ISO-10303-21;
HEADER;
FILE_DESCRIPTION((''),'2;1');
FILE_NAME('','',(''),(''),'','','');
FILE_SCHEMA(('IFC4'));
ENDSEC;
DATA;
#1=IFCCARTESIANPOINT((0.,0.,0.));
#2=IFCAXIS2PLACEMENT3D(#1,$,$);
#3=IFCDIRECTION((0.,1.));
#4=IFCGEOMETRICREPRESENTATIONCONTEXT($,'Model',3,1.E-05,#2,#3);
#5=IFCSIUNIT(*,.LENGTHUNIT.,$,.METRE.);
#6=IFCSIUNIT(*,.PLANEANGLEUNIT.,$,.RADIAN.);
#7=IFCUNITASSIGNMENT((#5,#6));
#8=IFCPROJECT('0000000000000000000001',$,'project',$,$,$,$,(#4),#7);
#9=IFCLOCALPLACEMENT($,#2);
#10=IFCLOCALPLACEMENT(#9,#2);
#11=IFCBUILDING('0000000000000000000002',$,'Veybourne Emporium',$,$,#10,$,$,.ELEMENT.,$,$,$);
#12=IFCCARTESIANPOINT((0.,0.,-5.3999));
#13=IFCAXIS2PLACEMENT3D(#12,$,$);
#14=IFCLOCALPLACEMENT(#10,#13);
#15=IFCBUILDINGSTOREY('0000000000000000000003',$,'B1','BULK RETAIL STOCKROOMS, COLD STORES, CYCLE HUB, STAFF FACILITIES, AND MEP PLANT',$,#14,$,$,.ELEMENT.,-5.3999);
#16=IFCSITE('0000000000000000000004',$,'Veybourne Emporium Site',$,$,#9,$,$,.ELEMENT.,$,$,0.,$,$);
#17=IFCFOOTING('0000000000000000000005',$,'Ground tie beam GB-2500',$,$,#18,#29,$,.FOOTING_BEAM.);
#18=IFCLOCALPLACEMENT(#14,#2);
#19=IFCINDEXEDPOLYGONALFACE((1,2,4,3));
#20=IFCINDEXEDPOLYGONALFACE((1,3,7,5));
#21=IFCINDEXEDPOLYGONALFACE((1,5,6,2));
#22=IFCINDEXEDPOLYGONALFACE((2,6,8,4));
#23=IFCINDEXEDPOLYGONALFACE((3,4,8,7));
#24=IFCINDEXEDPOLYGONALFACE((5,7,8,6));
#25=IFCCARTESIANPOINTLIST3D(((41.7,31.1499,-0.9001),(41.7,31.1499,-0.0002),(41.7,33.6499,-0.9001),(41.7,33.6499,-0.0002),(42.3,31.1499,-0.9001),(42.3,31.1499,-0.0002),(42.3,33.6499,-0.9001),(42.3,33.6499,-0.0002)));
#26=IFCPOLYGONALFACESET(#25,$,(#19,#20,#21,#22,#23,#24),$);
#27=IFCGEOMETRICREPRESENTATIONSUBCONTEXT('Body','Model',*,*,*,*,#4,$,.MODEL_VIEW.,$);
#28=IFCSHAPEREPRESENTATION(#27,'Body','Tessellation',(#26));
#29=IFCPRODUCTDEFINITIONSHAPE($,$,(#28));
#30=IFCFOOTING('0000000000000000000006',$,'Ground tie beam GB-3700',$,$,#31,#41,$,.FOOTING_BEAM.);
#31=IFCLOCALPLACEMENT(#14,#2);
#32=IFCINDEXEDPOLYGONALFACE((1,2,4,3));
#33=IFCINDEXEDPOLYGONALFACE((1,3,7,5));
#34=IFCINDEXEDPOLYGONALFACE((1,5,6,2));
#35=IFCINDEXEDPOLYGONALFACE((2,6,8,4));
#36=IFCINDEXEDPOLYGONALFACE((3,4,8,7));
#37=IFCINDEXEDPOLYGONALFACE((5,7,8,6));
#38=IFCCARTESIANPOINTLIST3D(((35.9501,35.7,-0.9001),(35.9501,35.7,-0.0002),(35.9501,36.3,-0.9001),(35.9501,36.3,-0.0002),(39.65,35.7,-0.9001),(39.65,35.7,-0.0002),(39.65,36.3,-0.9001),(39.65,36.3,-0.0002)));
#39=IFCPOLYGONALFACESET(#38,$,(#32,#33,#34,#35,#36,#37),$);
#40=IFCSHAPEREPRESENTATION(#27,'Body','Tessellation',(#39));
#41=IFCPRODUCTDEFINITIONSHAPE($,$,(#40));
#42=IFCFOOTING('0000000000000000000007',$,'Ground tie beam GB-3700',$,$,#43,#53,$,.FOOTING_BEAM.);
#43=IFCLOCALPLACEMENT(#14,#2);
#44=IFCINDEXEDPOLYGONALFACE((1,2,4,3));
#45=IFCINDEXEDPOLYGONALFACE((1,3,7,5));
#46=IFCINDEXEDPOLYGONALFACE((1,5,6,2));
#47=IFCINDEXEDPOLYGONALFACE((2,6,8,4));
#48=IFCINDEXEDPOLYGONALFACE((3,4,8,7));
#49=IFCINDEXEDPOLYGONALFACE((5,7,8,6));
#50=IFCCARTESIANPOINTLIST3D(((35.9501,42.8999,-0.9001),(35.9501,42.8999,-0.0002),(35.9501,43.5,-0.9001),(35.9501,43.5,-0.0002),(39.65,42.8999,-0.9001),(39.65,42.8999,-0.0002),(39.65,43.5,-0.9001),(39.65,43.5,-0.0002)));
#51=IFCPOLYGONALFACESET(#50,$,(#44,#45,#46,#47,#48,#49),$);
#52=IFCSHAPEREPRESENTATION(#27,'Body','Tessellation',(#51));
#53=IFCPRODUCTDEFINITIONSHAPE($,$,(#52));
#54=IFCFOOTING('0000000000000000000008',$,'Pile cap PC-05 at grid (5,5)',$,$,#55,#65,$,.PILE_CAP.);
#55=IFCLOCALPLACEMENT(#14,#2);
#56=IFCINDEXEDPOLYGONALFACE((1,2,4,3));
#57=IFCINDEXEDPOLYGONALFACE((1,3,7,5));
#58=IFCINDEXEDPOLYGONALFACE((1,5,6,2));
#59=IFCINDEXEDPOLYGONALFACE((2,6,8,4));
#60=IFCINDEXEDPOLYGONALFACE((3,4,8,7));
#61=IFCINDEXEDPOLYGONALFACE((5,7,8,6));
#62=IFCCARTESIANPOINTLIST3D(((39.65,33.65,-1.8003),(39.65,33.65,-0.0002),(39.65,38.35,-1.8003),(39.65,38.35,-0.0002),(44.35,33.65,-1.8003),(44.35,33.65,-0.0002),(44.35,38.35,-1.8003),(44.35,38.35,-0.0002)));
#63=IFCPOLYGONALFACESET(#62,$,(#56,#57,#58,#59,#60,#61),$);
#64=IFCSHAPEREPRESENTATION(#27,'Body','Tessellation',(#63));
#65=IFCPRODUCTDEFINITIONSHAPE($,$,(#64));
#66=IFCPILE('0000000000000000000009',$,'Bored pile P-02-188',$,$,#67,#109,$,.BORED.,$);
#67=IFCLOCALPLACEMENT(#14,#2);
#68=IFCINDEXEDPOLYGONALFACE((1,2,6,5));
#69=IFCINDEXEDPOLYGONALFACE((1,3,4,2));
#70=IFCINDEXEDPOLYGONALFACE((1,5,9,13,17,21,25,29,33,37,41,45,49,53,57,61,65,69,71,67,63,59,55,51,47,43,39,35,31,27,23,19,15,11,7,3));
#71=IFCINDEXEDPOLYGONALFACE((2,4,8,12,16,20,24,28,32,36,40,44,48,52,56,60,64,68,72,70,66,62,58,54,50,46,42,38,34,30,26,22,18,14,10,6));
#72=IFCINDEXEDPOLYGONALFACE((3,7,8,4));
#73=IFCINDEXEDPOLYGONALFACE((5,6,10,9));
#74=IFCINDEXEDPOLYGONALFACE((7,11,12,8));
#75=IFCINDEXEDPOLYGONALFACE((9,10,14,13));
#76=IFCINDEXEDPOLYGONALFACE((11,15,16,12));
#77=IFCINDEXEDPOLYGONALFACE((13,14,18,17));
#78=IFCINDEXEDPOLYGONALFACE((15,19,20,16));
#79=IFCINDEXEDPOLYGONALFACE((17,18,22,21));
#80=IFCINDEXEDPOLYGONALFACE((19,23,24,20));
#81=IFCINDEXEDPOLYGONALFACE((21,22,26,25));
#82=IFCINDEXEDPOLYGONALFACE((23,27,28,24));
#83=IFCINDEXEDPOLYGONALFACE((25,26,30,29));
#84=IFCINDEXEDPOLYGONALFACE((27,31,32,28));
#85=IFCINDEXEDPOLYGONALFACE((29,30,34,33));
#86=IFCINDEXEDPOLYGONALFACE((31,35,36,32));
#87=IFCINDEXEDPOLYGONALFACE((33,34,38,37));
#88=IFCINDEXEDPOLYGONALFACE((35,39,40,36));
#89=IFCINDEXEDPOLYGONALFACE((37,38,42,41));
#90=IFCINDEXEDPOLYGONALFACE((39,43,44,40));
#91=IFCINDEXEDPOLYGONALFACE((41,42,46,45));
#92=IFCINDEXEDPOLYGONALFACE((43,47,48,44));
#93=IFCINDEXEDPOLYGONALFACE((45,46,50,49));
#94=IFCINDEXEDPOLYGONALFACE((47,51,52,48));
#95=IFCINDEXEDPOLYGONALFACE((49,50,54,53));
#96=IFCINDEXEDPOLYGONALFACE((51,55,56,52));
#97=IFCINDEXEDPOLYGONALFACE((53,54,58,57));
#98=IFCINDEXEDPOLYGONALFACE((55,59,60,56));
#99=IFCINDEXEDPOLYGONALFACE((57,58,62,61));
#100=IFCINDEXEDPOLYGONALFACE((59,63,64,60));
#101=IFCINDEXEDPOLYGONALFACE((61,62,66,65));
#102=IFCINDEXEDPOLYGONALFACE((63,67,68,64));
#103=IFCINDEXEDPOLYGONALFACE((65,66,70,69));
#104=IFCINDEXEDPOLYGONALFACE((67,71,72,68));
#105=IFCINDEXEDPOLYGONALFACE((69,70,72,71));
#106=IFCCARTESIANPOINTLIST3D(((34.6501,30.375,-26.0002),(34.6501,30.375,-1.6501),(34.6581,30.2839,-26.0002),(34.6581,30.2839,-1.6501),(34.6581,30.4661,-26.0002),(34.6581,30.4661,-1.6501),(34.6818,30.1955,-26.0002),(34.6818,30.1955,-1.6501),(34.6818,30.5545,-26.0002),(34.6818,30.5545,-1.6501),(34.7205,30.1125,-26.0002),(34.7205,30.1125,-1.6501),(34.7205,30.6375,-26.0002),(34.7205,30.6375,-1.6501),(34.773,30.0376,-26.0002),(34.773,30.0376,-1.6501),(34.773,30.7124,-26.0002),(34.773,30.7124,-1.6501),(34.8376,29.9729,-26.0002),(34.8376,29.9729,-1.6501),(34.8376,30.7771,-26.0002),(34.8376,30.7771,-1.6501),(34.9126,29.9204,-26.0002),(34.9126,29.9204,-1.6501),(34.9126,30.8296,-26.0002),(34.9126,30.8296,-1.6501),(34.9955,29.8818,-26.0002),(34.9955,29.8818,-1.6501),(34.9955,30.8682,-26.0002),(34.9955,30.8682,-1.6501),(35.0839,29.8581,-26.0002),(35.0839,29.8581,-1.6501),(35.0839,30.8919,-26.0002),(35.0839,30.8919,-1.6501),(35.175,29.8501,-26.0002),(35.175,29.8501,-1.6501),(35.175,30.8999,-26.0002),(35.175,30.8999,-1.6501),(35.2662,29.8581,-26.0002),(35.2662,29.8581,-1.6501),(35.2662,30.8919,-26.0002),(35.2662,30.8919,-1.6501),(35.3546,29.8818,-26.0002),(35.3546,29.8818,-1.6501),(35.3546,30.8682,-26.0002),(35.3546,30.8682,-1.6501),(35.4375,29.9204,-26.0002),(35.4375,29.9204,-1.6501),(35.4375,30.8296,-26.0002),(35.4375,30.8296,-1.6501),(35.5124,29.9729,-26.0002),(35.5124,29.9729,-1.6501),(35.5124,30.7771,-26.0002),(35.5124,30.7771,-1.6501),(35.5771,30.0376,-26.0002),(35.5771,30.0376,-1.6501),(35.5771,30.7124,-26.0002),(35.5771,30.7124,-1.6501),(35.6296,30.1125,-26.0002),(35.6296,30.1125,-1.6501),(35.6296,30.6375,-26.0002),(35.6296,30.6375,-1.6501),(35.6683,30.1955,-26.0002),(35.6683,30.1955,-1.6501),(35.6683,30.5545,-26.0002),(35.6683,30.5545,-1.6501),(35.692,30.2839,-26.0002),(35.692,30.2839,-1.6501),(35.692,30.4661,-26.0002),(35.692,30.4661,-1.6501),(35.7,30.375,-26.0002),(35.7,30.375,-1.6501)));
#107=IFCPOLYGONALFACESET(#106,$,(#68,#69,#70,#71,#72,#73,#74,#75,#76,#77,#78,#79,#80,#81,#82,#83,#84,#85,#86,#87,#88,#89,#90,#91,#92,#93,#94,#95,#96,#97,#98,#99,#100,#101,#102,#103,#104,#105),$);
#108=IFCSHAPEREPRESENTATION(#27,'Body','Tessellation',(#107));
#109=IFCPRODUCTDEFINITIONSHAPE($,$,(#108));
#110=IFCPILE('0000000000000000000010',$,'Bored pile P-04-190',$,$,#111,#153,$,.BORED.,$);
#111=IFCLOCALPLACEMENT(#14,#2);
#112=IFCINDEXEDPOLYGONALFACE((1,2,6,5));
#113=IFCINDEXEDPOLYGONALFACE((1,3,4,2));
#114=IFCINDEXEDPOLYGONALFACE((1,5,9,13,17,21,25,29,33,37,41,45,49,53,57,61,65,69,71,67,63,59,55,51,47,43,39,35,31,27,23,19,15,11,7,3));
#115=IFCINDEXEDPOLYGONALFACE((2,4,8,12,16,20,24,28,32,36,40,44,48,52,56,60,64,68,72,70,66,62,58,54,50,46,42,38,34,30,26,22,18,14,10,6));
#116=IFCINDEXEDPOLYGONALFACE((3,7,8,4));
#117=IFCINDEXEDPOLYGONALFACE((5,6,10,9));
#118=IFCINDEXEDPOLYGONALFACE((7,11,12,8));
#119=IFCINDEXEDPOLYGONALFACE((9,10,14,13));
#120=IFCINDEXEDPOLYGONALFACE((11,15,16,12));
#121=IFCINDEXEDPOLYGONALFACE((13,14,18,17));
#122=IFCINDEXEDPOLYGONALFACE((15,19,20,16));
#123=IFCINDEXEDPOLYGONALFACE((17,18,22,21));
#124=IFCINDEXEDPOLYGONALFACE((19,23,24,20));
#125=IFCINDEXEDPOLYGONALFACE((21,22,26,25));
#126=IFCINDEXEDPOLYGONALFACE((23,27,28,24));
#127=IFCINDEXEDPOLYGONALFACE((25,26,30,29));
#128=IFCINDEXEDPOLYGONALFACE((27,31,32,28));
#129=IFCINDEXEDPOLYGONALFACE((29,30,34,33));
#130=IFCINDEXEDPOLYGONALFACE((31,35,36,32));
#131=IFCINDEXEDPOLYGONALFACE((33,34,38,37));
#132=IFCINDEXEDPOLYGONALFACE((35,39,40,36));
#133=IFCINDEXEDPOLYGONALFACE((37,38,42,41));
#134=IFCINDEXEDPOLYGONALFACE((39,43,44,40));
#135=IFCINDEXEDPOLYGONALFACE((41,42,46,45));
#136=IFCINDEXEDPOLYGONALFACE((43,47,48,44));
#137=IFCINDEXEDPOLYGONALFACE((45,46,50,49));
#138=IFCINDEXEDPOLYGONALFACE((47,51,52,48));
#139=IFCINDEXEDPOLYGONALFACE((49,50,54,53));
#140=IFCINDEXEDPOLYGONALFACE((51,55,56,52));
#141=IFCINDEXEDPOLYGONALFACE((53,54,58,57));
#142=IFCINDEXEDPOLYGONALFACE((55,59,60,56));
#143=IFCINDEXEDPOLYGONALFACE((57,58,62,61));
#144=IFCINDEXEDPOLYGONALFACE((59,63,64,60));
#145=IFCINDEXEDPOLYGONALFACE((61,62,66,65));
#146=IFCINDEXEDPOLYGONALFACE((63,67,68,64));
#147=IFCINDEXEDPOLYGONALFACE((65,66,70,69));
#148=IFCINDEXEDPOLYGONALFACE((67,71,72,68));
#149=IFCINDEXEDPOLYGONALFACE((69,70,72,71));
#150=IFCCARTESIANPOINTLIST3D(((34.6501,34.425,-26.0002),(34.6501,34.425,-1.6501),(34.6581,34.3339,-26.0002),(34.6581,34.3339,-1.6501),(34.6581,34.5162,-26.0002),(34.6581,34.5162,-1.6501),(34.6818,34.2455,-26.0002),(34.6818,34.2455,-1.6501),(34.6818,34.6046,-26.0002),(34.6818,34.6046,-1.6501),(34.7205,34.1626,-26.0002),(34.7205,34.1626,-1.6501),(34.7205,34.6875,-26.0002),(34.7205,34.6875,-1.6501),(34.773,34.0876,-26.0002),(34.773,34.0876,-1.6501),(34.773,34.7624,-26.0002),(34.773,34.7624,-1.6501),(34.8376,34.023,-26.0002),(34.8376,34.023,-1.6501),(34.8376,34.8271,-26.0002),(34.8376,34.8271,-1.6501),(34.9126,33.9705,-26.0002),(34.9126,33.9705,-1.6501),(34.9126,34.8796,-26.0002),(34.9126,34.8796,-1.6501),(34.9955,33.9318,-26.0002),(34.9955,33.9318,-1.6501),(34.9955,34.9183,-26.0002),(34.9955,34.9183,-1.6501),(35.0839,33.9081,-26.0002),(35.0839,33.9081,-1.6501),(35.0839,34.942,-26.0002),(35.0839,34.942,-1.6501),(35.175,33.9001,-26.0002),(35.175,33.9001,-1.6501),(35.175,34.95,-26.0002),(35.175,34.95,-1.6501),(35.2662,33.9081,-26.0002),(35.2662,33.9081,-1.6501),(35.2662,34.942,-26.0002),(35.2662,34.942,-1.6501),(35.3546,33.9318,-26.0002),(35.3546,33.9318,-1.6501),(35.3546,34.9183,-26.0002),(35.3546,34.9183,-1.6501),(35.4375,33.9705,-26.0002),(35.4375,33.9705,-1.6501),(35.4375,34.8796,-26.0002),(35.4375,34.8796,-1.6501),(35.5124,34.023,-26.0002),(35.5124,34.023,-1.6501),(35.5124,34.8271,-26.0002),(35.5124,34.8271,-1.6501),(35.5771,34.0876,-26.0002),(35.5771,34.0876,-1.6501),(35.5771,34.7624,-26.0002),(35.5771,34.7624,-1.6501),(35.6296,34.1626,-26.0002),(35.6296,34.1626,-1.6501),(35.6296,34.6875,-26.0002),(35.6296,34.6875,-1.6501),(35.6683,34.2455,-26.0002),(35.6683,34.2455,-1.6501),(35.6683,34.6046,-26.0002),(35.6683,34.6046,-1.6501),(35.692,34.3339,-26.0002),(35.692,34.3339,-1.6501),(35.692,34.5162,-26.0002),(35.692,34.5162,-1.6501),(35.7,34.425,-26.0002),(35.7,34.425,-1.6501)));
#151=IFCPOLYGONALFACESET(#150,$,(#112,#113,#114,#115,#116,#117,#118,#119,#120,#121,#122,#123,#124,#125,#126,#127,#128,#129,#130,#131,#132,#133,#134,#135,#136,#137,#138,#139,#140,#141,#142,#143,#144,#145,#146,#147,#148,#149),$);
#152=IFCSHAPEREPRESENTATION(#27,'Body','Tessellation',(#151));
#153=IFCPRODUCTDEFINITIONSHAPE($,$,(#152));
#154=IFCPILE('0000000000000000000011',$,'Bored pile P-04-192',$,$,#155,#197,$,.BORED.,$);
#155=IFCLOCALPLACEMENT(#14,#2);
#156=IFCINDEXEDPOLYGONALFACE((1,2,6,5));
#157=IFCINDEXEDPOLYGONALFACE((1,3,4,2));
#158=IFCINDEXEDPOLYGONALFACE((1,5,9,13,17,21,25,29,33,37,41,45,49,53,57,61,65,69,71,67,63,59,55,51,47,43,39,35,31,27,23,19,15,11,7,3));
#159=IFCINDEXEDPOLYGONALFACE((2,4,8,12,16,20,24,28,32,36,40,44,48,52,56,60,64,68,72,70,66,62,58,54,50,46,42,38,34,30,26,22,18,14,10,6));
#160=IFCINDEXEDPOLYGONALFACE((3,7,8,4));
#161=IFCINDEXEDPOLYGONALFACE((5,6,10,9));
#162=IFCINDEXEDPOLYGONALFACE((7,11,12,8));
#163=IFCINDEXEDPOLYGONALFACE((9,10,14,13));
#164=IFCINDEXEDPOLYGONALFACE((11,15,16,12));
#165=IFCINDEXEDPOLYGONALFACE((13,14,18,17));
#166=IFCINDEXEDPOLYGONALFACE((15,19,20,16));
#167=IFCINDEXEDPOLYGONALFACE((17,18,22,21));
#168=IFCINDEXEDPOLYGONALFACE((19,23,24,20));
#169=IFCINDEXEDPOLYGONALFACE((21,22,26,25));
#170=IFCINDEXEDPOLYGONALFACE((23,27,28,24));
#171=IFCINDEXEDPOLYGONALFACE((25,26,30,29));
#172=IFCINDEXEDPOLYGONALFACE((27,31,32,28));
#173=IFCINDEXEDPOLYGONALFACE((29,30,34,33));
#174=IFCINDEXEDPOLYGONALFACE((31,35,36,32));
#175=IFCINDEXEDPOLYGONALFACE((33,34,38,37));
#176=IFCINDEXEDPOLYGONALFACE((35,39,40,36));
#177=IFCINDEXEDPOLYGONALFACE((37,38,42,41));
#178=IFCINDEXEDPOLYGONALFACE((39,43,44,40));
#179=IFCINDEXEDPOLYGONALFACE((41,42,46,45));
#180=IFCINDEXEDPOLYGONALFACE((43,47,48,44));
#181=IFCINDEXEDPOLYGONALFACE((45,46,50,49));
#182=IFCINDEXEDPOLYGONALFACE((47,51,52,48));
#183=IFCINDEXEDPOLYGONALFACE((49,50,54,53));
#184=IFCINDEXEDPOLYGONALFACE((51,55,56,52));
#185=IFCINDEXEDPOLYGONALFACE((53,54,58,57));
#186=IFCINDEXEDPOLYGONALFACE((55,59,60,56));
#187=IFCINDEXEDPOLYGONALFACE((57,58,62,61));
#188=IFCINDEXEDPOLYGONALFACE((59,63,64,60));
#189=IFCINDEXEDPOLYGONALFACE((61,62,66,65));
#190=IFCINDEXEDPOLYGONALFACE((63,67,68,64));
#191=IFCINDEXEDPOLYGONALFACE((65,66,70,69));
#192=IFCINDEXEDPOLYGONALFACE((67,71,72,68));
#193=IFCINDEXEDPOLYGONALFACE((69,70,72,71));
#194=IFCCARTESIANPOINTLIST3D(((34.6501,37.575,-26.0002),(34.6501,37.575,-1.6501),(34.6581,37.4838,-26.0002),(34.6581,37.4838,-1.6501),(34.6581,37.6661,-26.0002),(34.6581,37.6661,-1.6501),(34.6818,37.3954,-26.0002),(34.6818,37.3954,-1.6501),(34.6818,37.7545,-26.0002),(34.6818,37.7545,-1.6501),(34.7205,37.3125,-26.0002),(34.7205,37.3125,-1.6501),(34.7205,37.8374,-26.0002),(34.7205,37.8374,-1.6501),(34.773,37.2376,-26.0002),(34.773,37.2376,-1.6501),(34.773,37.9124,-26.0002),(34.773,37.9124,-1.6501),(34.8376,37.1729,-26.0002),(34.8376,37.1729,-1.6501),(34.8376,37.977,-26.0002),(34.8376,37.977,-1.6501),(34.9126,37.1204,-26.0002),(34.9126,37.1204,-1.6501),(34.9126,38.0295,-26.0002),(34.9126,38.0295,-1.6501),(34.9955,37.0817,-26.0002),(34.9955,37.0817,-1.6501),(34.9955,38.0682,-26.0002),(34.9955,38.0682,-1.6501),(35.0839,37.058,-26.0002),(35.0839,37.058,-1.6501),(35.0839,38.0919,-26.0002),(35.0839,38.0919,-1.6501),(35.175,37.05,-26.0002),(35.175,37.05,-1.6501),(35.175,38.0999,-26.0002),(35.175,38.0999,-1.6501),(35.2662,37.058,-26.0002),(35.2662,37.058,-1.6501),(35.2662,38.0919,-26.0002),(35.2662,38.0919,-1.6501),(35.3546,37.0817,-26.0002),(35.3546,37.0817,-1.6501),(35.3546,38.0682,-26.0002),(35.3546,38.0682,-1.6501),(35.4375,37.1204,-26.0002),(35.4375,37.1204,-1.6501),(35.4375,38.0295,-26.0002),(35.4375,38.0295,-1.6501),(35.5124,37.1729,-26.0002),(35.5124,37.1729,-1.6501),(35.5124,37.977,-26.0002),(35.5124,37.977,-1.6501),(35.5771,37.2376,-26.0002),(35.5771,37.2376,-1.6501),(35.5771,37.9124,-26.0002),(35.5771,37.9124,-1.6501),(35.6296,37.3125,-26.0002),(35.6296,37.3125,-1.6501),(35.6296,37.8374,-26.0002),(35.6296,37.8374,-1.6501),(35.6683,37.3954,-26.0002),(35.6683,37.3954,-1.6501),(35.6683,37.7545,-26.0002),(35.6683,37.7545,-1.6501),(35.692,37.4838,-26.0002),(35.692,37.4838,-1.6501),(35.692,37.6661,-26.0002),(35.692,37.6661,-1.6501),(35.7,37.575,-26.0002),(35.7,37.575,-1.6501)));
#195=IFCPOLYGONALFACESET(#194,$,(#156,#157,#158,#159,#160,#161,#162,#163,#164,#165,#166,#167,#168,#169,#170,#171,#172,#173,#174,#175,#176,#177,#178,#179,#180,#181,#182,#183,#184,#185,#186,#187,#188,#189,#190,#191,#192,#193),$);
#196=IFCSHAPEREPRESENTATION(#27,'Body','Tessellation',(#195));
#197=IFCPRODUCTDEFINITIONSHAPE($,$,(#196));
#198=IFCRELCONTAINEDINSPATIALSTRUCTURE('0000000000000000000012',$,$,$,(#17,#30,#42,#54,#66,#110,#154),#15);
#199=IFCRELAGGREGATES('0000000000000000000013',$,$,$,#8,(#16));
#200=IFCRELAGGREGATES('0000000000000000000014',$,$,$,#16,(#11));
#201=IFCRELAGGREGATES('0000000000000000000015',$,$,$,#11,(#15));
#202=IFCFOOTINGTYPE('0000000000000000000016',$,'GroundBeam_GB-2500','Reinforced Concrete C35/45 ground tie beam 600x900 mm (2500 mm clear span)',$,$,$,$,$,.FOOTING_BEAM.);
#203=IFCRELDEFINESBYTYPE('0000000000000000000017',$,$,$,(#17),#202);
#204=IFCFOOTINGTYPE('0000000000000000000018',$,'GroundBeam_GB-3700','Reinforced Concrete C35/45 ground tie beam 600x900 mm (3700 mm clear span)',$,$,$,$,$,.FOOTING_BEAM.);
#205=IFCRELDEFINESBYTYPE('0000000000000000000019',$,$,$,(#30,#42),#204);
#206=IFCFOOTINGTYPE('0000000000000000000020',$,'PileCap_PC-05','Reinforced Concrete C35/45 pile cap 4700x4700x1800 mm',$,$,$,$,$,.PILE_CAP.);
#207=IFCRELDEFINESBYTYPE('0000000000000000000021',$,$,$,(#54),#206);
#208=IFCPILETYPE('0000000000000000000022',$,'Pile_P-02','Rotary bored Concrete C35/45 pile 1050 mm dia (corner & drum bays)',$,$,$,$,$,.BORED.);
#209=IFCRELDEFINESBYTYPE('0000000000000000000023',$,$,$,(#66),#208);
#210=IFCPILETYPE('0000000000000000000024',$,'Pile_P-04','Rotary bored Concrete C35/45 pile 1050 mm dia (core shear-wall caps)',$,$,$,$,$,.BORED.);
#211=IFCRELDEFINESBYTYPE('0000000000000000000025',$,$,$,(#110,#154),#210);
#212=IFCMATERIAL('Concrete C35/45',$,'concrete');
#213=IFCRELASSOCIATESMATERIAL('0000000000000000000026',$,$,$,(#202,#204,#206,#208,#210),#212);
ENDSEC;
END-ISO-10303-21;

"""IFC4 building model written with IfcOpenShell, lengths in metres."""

from ifc_helpers import new_model, si_unit, direction, frame, origin, origin_2d, place, context, subcontext, project, spatial, rectangle, circle, extrude, material, material_profile, profile_set, type_object, element, save


model = new_model("IFC4")

# Units and contexts
model_context = context("Model", 3, precision=1e-05, world=origin(), true_north=direction((0.0, 1.0)))
body_context = subcontext(model_context, "Body", "Model", "MODEL_VIEW")
ifc_project = project(units=[si_unit("LENGTHUNIT", "METRE"), si_unit("PLANEANGLEUNIT", "RADIAN")], contexts=[model_context])

# Site, building, storey
site_placement = place(None, origin())
site = spatial("IfcSite", under=ifc_project, at=site_placement, Name="Veybourne Emporium Site", CompositionType="ELEMENT", RefElevation=0.0)
building_placement = place(site_placement, origin())
building = spatial("IfcBuilding", under=site, at=building_placement, Name="Veybourne Emporium", CompositionType="ELEMENT")
storey_placement = place(building_placement, frame((0.0, 0.0, -5.3999)))
storey = spatial("IfcBuildingStorey", under=building, at=storey_placement, Name="B1", Description="BULK RETAIL STOCKROOMS, COLD STORES, CYCLE HUB, STAFF FACILITIES, AND MEP PLANT", CompositionType="ELEMENT", Elevation=-5.3999)

# Footings
ifc_material_1 = material(Name="Concrete C35/45", Category="concrete")
footing_type_1 = type_object("IfcFootingType", Name="GroundBeam_GB-2500", Description="Reinforced Concrete C35/45 ground tie beam 600x900 mm (2500 mm clear span)", PredefinedType="FOOTING_BEAM", material=ifc_material_1)
footing_1_placement = place(storey_placement, frame((42.0, 32.3999, -0.9001), z_axis=(0.0, 0.0, 1.0), x_axis=(0.0, 1.0, 0.0)))
element("IfcFooting", 1, at=footing_1_placement, inside=storey, type_object=footing_type_1, Name="Ground tie beam GB-2500", PredefinedType="FOOTING_BEAM", context=body_context, shape_type="SweptSolid", body=[
    extrude(rectangle(XDim=2.5, YDim=0.6001, at=origin_2d()), origin(), (0.0, 0.0, 1.0), 0.8999),
])
footing_type_2 = type_object("IfcFootingType", Name="GroundBeam_GB-3700", Description="Reinforced Concrete C35/45 ground tie beam 600x900 mm (3700 mm clear span)", PredefinedType="FOOTING_BEAM", material=ifc_material_1)
for number, where, z_axis, x_axis, name in (
    (2, (37.8, 36.0, -0.9001), (0.0, 0.0, 1.0), (1.0, 0.0, 0.0), "Ground tie beam GB-3700"),
    (3, (37.8, 43.2, -0.9001), (0.0, 0.0, 1.0), (1.0, 0.0, 0.0), "Ground tie beam GB-3700"),
):
    element("IfcFooting", number, at=place(storey_placement, frame(where, z_axis=z_axis, x_axis=x_axis)), inside=storey, type_object=footing_type_2, Name=name, PredefinedType="FOOTING_BEAM", context=body_context, shape_type="SweptSolid", body=[
        extrude(rectangle(XDim=3.7, YDim=0.6001, at=origin_2d()), origin(), (0.0, 0.0, 1.0), 0.8999),
    ])
footing_type_3 = type_object("IfcFootingType", Name="PileCap_PC-05", Description="Reinforced Concrete C35/45 pile cap 4700x4700x1800 mm", PredefinedType="PILE_CAP", material=ifc_material_1)
footing_2_placement = place(storey_placement, frame((42.0, 36.0, -1.8003), z_axis=(0.0, 0.0, 1.0), x_axis=(1.0, 0.0, 0.0)))
element("IfcFooting", 4, at=footing_2_placement, inside=storey, type_object=footing_type_3, Name="Pile cap PC-05 at grid (5,5)", PredefinedType="PILE_CAP", context=body_context, shape_type="SweptSolid", body=[
    extrude(rectangle(XDim=4.7, YDim=4.7, at=origin_2d()), origin(), (0.0, 0.0, 1.0), 1.8),
])

# Piles
ifc_material_profile_1 = material_profile(ifc_material_1, circle(Radius=0.5249, at=origin_2d()), Name="BORED PILE 1050")
ifc_profile_set_1 = profile_set([ifc_material_profile_1], Name="Concrete C35/45")
pile_type_1 = type_object("IfcPileType", Name="Pile_P-02", Description="Rotary bored Concrete C35/45 pile 1050 mm dia (corner & drum bays)", PredefinedType="BORED", material=ifc_profile_set_1)
pile_placement = place(storey_placement, frame((35.175, 30.375, -1.6501), z_axis=(0.0, 0.0, -1.0), x_axis=(1.0, 0.0, 0.0)))
element("IfcPile", 5, at=pile_placement, inside=storey, type_object=pile_type_1, Name="Bored pile P-02-188", PredefinedType="BORED", context=body_context, shape_type="SweptSolid", body=[
    extrude(circle(Radius=0.5249, at=origin_2d()), origin(), (0.0, 0.0, 1.0), 24.3501),
])
ifc_material_profile_2 = material_profile(ifc_material_1, circle(Radius=0.5249, at=origin_2d()), Name="BORED PILE 1050")
ifc_profile_set_2 = profile_set([ifc_material_profile_2], Name="Concrete C35/45")
pile_type_2 = type_object("IfcPileType", Name="Pile_P-04", Description="Rotary bored Concrete C35/45 pile 1050 mm dia (core shear-wall caps)", PredefinedType="BORED", material=ifc_profile_set_2)
for number, where, z_axis, x_axis, name in (
    (6, (35.175, 34.425, -1.6501), (0.0, 0.0, -1.0), (1.0, 0.0, 0.0), "Bored pile P-04-190"),
    (7, (35.175, 37.575, -1.6501), (0.0, 0.0, -1.0), (1.0, 0.0, 0.0), "Bored pile P-04-192"),
):
    element("IfcPile", number, at=place(storey_placement, frame(where, z_axis=z_axis, x_axis=x_axis)), inside=storey, type_object=pile_type_2, Name=name, PredefinedType="BORED", context=body_context, shape_type="SweptSolid", body=[
        extrude(circle(Radius=0.5249, at=origin_2d()), origin(), (0.0, 0.0, 1.0), 24.3501),
    ])

save(model, "model.ifc")
